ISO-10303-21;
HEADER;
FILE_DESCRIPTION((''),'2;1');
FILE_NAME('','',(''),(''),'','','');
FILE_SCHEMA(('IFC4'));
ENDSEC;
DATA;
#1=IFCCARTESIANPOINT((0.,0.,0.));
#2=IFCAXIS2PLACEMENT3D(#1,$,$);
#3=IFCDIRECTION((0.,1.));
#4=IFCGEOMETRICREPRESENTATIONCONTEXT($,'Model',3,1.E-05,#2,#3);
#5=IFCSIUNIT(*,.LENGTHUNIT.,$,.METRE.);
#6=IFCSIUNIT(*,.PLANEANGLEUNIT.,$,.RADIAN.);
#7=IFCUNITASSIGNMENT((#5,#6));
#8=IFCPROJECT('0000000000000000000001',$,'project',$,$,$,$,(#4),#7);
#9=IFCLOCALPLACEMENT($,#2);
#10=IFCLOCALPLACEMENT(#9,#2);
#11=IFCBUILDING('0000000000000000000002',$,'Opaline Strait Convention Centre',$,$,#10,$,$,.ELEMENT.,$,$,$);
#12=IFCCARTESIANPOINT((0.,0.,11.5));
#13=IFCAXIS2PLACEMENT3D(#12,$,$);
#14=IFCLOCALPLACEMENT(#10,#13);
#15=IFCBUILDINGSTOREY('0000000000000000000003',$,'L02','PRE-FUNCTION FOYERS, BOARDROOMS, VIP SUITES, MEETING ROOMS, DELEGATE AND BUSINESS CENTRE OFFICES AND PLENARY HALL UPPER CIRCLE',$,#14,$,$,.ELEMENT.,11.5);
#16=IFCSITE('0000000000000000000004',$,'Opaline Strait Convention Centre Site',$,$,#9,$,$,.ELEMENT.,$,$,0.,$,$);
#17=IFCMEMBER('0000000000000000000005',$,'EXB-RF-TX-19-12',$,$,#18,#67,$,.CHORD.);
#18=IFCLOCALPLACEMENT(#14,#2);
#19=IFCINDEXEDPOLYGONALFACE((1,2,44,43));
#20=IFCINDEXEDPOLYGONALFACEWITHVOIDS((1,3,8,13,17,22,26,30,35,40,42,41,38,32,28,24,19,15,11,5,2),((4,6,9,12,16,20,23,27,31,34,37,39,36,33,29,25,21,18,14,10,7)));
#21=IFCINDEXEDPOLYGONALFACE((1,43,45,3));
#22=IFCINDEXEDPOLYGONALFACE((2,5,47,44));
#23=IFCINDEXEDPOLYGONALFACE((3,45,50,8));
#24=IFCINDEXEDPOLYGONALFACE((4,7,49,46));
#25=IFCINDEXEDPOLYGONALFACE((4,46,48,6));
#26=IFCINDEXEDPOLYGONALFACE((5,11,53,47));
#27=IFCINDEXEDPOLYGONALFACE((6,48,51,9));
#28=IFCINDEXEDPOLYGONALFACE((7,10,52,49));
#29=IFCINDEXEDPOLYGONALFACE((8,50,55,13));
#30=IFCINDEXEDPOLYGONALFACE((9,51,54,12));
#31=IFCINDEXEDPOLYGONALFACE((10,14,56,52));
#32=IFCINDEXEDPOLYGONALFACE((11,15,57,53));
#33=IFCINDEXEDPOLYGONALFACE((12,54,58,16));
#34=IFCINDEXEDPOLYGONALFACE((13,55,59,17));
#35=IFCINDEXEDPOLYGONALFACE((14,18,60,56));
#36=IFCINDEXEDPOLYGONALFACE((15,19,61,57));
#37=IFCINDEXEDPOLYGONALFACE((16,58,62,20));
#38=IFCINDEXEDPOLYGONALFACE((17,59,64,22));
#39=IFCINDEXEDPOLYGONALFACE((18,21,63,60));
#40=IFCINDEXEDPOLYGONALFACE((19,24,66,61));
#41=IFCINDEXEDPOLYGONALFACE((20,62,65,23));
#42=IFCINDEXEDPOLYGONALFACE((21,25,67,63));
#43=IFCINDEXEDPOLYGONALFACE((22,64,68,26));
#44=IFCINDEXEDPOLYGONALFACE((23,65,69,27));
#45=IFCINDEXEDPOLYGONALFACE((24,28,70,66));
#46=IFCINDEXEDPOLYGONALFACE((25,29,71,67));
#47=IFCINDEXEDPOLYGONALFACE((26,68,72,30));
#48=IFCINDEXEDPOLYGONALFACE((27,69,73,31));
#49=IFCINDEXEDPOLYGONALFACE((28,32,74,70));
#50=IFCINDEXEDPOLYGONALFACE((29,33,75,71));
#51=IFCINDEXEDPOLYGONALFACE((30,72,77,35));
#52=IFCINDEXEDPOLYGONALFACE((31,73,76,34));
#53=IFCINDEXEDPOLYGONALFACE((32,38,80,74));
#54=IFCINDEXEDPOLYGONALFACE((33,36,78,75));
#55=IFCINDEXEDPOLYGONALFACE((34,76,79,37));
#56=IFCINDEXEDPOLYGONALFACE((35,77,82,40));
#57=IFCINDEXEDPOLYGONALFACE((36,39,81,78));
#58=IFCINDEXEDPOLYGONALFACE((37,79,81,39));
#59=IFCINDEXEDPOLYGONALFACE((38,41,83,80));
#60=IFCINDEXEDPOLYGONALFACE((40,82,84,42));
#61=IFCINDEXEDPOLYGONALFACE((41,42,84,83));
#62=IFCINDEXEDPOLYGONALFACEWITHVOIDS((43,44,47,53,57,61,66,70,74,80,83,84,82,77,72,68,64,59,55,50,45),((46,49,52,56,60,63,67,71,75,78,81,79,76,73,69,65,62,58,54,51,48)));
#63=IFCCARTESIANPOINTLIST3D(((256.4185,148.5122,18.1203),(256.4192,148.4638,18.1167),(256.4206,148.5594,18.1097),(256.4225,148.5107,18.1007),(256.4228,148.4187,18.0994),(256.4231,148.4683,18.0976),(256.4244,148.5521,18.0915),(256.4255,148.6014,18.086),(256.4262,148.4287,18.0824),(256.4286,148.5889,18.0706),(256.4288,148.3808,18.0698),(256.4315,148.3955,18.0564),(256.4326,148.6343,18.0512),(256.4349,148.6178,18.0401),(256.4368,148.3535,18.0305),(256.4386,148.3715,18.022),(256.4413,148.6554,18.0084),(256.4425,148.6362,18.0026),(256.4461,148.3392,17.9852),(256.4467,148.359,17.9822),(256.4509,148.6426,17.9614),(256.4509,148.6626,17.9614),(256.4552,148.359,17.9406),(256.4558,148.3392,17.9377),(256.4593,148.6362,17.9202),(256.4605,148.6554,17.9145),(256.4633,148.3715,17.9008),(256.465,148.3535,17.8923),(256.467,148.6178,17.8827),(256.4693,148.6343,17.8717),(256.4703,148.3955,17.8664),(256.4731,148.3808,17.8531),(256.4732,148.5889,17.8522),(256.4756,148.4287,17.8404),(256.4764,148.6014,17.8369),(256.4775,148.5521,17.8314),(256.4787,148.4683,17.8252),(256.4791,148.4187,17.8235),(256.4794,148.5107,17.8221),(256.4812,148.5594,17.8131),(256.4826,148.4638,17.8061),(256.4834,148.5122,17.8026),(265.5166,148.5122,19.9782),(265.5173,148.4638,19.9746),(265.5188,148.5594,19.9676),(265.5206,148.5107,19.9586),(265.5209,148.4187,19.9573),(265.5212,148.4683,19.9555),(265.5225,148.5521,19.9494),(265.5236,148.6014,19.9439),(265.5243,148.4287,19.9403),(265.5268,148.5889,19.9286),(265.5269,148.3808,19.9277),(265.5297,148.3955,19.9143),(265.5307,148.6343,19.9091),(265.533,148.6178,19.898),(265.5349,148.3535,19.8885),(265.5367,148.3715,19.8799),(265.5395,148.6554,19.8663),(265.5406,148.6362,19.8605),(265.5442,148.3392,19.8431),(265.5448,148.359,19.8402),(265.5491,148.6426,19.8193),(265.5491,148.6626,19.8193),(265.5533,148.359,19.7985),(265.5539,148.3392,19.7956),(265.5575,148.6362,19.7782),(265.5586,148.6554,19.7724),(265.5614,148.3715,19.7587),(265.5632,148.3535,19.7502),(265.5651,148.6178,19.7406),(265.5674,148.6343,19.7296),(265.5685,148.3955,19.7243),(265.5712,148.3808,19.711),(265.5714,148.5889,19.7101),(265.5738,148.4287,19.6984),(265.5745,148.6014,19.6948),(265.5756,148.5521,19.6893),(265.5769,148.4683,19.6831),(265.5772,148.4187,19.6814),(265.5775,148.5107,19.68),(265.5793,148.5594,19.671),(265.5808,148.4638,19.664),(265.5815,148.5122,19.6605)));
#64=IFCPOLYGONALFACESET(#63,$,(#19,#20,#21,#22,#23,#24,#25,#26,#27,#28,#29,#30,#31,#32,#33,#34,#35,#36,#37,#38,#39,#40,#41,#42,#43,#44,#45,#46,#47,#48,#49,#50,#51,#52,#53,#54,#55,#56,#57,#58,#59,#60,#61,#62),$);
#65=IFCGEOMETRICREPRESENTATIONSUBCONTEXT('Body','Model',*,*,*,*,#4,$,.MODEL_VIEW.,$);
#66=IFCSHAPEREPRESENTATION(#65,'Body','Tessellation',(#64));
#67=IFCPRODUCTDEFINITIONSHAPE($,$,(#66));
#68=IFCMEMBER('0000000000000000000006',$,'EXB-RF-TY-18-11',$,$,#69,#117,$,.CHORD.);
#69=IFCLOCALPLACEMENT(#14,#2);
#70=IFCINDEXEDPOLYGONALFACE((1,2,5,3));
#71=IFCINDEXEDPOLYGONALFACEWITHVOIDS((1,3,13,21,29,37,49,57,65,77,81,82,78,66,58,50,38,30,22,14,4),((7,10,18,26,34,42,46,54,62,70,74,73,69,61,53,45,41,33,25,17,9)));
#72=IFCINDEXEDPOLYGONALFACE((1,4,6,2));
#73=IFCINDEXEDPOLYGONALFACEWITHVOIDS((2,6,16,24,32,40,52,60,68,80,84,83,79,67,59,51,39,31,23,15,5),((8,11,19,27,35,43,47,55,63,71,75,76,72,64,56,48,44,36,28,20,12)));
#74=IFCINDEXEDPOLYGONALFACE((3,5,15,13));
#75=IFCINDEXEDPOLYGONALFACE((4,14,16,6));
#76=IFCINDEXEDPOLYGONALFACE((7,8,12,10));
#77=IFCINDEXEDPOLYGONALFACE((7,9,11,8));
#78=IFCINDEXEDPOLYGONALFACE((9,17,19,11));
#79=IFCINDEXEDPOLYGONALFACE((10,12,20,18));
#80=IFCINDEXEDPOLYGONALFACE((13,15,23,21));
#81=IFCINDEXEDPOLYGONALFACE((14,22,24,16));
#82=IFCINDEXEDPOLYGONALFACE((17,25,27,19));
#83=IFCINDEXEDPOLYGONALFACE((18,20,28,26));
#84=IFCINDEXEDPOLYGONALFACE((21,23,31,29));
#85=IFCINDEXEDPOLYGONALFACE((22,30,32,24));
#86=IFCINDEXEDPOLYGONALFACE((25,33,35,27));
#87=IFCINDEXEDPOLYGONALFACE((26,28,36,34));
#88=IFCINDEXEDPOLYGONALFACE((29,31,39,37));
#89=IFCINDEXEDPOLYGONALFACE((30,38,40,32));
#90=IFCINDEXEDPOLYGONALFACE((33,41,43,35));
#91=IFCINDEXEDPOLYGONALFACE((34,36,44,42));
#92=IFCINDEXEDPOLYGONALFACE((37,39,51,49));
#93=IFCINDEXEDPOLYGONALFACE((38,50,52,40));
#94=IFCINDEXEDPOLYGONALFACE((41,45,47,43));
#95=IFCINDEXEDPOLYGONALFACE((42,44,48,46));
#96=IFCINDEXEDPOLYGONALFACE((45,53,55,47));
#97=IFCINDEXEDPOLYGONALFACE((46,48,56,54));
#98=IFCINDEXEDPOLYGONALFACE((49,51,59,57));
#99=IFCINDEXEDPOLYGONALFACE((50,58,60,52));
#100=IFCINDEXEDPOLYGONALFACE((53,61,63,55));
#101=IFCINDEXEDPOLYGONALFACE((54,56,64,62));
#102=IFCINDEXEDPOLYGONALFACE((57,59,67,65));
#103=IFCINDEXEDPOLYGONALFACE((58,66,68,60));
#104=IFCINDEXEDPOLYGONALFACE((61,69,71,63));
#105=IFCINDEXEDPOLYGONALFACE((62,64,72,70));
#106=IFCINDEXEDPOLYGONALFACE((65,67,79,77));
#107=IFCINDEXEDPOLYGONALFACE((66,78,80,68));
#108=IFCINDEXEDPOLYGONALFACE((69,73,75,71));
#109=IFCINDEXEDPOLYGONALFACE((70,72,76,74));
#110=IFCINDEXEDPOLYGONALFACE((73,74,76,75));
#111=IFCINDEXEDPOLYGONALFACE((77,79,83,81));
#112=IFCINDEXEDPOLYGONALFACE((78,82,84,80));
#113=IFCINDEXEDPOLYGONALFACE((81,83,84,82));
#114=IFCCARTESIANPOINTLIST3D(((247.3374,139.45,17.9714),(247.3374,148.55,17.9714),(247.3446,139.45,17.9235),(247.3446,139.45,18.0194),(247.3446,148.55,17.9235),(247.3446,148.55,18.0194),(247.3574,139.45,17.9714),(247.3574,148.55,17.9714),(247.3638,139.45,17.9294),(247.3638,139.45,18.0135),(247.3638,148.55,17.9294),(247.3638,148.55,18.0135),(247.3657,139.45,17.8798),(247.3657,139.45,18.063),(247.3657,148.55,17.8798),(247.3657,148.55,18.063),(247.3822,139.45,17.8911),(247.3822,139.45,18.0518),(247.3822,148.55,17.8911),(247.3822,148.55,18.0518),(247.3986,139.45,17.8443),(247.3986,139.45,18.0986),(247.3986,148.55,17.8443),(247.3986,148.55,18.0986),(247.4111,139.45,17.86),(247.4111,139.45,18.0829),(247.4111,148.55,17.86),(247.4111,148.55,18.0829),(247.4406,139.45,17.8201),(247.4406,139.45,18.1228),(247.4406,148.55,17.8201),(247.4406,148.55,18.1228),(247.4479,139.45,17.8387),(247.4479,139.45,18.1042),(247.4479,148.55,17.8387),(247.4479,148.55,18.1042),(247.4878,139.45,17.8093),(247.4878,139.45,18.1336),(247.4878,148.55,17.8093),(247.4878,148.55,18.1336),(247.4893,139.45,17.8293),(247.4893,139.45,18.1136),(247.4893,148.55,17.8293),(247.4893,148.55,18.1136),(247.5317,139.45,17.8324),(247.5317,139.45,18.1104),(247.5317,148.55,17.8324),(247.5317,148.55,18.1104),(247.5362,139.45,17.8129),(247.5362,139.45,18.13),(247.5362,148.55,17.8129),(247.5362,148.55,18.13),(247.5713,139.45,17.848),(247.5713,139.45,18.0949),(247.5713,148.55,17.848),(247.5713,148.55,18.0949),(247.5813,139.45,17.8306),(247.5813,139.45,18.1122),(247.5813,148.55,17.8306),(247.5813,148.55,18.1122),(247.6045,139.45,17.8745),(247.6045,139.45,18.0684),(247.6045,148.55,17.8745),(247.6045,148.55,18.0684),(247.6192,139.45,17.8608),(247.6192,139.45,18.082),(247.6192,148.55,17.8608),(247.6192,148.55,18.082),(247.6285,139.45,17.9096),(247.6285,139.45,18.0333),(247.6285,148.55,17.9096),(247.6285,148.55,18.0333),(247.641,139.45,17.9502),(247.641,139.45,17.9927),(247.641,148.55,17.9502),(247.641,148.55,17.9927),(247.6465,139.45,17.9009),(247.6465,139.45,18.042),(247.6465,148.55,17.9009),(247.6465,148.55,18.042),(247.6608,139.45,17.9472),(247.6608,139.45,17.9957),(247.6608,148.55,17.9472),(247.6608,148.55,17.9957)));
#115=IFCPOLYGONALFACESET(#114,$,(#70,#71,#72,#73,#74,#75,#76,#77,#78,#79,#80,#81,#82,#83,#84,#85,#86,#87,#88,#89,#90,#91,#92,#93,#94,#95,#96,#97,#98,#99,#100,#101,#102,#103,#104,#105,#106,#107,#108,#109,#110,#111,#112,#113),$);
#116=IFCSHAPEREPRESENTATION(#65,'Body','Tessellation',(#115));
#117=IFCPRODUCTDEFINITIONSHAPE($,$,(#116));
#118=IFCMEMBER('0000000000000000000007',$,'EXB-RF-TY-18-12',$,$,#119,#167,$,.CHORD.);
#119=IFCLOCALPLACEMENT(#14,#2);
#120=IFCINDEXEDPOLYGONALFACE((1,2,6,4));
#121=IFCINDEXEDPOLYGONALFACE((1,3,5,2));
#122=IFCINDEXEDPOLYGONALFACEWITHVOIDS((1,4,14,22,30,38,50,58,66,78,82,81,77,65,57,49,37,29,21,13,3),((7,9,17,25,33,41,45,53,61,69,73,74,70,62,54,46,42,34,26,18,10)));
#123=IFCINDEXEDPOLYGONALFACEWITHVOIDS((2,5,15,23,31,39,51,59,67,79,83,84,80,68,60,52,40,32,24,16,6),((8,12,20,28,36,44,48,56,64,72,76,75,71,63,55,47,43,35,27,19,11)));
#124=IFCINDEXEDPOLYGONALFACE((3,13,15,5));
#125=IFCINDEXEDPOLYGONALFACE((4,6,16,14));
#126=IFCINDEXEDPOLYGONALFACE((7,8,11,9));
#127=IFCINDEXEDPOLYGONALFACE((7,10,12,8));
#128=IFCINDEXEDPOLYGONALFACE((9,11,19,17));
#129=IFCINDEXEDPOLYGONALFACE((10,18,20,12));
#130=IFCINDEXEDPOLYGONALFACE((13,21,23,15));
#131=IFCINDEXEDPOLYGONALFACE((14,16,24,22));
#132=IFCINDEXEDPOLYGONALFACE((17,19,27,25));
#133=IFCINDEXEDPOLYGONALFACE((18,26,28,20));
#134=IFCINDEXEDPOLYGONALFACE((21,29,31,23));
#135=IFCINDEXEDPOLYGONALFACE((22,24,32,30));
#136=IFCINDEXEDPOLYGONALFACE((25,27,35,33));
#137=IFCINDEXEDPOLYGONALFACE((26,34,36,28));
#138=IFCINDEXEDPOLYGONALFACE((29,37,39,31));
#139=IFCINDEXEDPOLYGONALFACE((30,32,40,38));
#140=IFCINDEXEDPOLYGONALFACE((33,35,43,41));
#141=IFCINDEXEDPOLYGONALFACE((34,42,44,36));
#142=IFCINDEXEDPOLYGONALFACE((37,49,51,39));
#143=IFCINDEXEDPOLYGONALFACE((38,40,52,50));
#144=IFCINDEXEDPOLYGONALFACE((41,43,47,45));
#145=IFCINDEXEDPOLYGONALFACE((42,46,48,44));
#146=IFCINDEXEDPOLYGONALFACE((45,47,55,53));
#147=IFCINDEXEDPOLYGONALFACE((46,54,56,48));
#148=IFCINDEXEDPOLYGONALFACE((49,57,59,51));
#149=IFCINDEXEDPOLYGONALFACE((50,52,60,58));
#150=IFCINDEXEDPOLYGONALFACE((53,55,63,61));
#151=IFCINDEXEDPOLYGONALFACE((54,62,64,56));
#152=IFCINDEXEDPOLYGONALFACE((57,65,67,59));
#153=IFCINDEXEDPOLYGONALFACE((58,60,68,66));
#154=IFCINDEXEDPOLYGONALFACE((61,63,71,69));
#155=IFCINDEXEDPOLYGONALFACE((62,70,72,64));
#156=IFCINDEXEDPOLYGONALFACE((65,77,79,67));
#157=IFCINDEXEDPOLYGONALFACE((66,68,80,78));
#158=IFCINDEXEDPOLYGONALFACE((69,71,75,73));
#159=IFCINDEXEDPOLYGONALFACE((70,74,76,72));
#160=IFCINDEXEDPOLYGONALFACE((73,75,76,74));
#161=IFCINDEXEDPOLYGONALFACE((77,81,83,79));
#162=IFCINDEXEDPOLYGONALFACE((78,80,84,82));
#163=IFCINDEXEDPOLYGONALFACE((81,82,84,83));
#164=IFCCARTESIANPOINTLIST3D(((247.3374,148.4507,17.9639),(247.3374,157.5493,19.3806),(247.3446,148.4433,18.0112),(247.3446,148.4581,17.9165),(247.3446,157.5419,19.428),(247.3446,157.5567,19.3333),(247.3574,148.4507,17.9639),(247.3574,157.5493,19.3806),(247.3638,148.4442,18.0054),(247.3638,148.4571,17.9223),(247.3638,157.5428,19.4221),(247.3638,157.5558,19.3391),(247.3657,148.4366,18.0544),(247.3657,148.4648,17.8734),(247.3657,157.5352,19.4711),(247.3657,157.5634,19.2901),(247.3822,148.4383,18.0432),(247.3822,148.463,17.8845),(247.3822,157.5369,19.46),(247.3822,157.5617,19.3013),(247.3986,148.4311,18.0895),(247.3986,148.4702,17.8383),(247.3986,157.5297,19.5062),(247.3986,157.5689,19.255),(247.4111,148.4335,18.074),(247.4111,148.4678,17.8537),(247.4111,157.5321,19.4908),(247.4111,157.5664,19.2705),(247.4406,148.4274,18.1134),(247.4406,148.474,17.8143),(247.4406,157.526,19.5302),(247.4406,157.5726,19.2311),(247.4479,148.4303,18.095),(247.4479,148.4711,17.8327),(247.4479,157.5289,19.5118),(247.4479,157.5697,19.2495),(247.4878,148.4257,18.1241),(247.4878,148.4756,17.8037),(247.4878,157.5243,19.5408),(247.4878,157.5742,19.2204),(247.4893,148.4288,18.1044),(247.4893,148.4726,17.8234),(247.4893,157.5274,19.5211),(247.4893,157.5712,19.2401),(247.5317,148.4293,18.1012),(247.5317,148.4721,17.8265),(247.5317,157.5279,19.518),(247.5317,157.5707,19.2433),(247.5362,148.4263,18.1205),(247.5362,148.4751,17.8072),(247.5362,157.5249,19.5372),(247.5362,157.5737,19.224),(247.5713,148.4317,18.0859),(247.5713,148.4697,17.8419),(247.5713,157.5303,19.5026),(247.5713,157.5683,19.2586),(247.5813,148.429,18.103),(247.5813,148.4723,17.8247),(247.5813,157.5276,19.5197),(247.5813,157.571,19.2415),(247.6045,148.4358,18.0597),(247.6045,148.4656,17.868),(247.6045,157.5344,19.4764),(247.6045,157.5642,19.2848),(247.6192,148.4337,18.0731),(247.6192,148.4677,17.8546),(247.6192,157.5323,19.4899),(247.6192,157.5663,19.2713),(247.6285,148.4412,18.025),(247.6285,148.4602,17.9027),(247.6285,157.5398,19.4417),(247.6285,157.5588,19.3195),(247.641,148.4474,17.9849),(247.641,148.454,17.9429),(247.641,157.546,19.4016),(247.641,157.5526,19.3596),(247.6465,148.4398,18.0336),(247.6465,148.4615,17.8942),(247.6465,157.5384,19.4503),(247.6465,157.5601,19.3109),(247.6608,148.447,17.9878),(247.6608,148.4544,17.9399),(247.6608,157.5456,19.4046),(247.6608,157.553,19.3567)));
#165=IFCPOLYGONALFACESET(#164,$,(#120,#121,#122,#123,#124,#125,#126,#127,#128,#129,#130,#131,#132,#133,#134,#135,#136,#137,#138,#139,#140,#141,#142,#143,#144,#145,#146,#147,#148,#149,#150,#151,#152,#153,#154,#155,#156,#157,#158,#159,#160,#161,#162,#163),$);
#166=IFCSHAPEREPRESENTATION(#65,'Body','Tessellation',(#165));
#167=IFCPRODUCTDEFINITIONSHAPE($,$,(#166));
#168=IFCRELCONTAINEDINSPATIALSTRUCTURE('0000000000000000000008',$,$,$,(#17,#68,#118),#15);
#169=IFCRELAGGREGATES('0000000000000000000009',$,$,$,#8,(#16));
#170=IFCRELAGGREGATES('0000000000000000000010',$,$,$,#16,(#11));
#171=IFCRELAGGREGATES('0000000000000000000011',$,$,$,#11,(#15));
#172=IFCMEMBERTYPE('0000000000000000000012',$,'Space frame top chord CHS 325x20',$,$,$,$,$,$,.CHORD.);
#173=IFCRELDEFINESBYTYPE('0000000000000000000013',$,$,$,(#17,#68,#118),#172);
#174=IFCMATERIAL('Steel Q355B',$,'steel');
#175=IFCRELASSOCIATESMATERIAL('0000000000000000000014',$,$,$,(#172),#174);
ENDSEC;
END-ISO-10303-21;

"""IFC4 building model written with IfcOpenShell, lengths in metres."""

from ifc_helpers import new_model, si_unit, direction, frame, origin, origin_2d, place, context, subcontext, project, spatial, hollow_circle, extrude, material, material_profile, profile_set, type_object, element, save


model = new_model("IFC4")

# Units and contexts
model_context = context("Model", 3, precision=1e-05, world=origin(), true_north=direction((0.0, 1.0)))
body_context = subcontext(model_context, "Body", "Model", "MODEL_VIEW")
ifc_project = project(units=[si_unit("LENGTHUNIT", "METRE"), si_unit("PLANEANGLEUNIT", "RADIAN")], contexts=[model_context])

# Site, building, storey
site_placement = place(None, origin())
site = spatial("IfcSite", under=ifc_project, at=site_placement, Name="Opaline Strait Convention Centre Site", CompositionType="ELEMENT", RefElevation=0.0)
building_placement = place(site_placement, origin())
building = spatial("IfcBuilding", under=site, at=building_placement, Name="Opaline Strait Convention Centre", CompositionType="ELEMENT")
storey_placement = place(building_placement, frame((0.0, 0.0, 11.5)))
storey = spatial("IfcBuildingStorey", under=building, at=storey_placement, Name="L02", Description="PRE-FUNCTION FOYERS, BOARDROOMS, VIP SUITES, MEETING ROOMS, DELEGATE AND BUSINESS CENTRE OFFICES AND PLENARY HALL UPPER CIRCLE", CompositionType="ELEMENT", Elevation=11.5)

# Shared definitions
ifc_material_1 = material(Name="Steel Q355B", Category="steel")

# Members
ifc_material_profile_1 = material_profile(ifc_material_1, hollow_circle(Radius=0.1626, WallThickness=0.02, at=origin_2d()), Name="CHS 325x20")
ifc_profile_set_1 = profile_set([ifc_material_profile_1], Name="Steel Q355B")
member_type_1 = type_object("IfcMemberType", Name="Space frame top chord CHS 325x20", PredefinedType="CHORD", material=ifc_profile_set_1)
member_1_placement = place(storey_placement, frame((256.4509, 148.5, 17.9614), z_axis=(0.97978, 0.0, 0.200078), x_axis=(0.0, 1.0, 0.0)))
element("IfcMember", 1, at=member_1_placement, inside=storey, type_object=member_type_1, Name="EXB-RF-TX-19-12", PredefinedType="CHORD", context=body_context, shape_type="SweptSolid", body=[
    extrude(hollow_circle(Radius=0.1626, WallThickness=0.02, at=origin_2d()), origin(), (0.0, 0.0, 1.0), 9.2859),
])
member_2_placement = place(storey_placement, frame((247.5, 139.45, 17.9714), z_axis=(0.0, 1.0, 0.0), x_axis=(-1.0, 0.0, 0.0)))
element("IfcMember", 2, at=member_2_placement, inside=storey, type_object=member_type_1, Name="EXB-RF-TY-18-11", PredefinedType="CHORD", context=body_context, shape_type="SweptSolid", body=[
    extrude(hollow_circle(Radius=0.1626, WallThickness=0.02, at=origin_2d()), origin(), (0.0, 0.0, 1.0), 9.1001),
])
member_3_placement = place(storey_placement, frame((247.5, 148.4507, 17.9639), z_axis=(0.0, 0.988093, 0.153856), x_axis=(-1.0, 0.0, 0.0)))
element("IfcMember", 3, at=member_3_placement, inside=storey, type_object=member_type_1, Name="EXB-RF-TY-18-12", PredefinedType="CHORD", context=body_context, shape_type="SweptSolid", body=[
    extrude(hollow_circle(Radius=0.1626, WallThickness=0.02, at=origin_2d()), origin(), (0.0, 0.0, 1.0), 9.2083),
])

save(model, "model.ifc")
